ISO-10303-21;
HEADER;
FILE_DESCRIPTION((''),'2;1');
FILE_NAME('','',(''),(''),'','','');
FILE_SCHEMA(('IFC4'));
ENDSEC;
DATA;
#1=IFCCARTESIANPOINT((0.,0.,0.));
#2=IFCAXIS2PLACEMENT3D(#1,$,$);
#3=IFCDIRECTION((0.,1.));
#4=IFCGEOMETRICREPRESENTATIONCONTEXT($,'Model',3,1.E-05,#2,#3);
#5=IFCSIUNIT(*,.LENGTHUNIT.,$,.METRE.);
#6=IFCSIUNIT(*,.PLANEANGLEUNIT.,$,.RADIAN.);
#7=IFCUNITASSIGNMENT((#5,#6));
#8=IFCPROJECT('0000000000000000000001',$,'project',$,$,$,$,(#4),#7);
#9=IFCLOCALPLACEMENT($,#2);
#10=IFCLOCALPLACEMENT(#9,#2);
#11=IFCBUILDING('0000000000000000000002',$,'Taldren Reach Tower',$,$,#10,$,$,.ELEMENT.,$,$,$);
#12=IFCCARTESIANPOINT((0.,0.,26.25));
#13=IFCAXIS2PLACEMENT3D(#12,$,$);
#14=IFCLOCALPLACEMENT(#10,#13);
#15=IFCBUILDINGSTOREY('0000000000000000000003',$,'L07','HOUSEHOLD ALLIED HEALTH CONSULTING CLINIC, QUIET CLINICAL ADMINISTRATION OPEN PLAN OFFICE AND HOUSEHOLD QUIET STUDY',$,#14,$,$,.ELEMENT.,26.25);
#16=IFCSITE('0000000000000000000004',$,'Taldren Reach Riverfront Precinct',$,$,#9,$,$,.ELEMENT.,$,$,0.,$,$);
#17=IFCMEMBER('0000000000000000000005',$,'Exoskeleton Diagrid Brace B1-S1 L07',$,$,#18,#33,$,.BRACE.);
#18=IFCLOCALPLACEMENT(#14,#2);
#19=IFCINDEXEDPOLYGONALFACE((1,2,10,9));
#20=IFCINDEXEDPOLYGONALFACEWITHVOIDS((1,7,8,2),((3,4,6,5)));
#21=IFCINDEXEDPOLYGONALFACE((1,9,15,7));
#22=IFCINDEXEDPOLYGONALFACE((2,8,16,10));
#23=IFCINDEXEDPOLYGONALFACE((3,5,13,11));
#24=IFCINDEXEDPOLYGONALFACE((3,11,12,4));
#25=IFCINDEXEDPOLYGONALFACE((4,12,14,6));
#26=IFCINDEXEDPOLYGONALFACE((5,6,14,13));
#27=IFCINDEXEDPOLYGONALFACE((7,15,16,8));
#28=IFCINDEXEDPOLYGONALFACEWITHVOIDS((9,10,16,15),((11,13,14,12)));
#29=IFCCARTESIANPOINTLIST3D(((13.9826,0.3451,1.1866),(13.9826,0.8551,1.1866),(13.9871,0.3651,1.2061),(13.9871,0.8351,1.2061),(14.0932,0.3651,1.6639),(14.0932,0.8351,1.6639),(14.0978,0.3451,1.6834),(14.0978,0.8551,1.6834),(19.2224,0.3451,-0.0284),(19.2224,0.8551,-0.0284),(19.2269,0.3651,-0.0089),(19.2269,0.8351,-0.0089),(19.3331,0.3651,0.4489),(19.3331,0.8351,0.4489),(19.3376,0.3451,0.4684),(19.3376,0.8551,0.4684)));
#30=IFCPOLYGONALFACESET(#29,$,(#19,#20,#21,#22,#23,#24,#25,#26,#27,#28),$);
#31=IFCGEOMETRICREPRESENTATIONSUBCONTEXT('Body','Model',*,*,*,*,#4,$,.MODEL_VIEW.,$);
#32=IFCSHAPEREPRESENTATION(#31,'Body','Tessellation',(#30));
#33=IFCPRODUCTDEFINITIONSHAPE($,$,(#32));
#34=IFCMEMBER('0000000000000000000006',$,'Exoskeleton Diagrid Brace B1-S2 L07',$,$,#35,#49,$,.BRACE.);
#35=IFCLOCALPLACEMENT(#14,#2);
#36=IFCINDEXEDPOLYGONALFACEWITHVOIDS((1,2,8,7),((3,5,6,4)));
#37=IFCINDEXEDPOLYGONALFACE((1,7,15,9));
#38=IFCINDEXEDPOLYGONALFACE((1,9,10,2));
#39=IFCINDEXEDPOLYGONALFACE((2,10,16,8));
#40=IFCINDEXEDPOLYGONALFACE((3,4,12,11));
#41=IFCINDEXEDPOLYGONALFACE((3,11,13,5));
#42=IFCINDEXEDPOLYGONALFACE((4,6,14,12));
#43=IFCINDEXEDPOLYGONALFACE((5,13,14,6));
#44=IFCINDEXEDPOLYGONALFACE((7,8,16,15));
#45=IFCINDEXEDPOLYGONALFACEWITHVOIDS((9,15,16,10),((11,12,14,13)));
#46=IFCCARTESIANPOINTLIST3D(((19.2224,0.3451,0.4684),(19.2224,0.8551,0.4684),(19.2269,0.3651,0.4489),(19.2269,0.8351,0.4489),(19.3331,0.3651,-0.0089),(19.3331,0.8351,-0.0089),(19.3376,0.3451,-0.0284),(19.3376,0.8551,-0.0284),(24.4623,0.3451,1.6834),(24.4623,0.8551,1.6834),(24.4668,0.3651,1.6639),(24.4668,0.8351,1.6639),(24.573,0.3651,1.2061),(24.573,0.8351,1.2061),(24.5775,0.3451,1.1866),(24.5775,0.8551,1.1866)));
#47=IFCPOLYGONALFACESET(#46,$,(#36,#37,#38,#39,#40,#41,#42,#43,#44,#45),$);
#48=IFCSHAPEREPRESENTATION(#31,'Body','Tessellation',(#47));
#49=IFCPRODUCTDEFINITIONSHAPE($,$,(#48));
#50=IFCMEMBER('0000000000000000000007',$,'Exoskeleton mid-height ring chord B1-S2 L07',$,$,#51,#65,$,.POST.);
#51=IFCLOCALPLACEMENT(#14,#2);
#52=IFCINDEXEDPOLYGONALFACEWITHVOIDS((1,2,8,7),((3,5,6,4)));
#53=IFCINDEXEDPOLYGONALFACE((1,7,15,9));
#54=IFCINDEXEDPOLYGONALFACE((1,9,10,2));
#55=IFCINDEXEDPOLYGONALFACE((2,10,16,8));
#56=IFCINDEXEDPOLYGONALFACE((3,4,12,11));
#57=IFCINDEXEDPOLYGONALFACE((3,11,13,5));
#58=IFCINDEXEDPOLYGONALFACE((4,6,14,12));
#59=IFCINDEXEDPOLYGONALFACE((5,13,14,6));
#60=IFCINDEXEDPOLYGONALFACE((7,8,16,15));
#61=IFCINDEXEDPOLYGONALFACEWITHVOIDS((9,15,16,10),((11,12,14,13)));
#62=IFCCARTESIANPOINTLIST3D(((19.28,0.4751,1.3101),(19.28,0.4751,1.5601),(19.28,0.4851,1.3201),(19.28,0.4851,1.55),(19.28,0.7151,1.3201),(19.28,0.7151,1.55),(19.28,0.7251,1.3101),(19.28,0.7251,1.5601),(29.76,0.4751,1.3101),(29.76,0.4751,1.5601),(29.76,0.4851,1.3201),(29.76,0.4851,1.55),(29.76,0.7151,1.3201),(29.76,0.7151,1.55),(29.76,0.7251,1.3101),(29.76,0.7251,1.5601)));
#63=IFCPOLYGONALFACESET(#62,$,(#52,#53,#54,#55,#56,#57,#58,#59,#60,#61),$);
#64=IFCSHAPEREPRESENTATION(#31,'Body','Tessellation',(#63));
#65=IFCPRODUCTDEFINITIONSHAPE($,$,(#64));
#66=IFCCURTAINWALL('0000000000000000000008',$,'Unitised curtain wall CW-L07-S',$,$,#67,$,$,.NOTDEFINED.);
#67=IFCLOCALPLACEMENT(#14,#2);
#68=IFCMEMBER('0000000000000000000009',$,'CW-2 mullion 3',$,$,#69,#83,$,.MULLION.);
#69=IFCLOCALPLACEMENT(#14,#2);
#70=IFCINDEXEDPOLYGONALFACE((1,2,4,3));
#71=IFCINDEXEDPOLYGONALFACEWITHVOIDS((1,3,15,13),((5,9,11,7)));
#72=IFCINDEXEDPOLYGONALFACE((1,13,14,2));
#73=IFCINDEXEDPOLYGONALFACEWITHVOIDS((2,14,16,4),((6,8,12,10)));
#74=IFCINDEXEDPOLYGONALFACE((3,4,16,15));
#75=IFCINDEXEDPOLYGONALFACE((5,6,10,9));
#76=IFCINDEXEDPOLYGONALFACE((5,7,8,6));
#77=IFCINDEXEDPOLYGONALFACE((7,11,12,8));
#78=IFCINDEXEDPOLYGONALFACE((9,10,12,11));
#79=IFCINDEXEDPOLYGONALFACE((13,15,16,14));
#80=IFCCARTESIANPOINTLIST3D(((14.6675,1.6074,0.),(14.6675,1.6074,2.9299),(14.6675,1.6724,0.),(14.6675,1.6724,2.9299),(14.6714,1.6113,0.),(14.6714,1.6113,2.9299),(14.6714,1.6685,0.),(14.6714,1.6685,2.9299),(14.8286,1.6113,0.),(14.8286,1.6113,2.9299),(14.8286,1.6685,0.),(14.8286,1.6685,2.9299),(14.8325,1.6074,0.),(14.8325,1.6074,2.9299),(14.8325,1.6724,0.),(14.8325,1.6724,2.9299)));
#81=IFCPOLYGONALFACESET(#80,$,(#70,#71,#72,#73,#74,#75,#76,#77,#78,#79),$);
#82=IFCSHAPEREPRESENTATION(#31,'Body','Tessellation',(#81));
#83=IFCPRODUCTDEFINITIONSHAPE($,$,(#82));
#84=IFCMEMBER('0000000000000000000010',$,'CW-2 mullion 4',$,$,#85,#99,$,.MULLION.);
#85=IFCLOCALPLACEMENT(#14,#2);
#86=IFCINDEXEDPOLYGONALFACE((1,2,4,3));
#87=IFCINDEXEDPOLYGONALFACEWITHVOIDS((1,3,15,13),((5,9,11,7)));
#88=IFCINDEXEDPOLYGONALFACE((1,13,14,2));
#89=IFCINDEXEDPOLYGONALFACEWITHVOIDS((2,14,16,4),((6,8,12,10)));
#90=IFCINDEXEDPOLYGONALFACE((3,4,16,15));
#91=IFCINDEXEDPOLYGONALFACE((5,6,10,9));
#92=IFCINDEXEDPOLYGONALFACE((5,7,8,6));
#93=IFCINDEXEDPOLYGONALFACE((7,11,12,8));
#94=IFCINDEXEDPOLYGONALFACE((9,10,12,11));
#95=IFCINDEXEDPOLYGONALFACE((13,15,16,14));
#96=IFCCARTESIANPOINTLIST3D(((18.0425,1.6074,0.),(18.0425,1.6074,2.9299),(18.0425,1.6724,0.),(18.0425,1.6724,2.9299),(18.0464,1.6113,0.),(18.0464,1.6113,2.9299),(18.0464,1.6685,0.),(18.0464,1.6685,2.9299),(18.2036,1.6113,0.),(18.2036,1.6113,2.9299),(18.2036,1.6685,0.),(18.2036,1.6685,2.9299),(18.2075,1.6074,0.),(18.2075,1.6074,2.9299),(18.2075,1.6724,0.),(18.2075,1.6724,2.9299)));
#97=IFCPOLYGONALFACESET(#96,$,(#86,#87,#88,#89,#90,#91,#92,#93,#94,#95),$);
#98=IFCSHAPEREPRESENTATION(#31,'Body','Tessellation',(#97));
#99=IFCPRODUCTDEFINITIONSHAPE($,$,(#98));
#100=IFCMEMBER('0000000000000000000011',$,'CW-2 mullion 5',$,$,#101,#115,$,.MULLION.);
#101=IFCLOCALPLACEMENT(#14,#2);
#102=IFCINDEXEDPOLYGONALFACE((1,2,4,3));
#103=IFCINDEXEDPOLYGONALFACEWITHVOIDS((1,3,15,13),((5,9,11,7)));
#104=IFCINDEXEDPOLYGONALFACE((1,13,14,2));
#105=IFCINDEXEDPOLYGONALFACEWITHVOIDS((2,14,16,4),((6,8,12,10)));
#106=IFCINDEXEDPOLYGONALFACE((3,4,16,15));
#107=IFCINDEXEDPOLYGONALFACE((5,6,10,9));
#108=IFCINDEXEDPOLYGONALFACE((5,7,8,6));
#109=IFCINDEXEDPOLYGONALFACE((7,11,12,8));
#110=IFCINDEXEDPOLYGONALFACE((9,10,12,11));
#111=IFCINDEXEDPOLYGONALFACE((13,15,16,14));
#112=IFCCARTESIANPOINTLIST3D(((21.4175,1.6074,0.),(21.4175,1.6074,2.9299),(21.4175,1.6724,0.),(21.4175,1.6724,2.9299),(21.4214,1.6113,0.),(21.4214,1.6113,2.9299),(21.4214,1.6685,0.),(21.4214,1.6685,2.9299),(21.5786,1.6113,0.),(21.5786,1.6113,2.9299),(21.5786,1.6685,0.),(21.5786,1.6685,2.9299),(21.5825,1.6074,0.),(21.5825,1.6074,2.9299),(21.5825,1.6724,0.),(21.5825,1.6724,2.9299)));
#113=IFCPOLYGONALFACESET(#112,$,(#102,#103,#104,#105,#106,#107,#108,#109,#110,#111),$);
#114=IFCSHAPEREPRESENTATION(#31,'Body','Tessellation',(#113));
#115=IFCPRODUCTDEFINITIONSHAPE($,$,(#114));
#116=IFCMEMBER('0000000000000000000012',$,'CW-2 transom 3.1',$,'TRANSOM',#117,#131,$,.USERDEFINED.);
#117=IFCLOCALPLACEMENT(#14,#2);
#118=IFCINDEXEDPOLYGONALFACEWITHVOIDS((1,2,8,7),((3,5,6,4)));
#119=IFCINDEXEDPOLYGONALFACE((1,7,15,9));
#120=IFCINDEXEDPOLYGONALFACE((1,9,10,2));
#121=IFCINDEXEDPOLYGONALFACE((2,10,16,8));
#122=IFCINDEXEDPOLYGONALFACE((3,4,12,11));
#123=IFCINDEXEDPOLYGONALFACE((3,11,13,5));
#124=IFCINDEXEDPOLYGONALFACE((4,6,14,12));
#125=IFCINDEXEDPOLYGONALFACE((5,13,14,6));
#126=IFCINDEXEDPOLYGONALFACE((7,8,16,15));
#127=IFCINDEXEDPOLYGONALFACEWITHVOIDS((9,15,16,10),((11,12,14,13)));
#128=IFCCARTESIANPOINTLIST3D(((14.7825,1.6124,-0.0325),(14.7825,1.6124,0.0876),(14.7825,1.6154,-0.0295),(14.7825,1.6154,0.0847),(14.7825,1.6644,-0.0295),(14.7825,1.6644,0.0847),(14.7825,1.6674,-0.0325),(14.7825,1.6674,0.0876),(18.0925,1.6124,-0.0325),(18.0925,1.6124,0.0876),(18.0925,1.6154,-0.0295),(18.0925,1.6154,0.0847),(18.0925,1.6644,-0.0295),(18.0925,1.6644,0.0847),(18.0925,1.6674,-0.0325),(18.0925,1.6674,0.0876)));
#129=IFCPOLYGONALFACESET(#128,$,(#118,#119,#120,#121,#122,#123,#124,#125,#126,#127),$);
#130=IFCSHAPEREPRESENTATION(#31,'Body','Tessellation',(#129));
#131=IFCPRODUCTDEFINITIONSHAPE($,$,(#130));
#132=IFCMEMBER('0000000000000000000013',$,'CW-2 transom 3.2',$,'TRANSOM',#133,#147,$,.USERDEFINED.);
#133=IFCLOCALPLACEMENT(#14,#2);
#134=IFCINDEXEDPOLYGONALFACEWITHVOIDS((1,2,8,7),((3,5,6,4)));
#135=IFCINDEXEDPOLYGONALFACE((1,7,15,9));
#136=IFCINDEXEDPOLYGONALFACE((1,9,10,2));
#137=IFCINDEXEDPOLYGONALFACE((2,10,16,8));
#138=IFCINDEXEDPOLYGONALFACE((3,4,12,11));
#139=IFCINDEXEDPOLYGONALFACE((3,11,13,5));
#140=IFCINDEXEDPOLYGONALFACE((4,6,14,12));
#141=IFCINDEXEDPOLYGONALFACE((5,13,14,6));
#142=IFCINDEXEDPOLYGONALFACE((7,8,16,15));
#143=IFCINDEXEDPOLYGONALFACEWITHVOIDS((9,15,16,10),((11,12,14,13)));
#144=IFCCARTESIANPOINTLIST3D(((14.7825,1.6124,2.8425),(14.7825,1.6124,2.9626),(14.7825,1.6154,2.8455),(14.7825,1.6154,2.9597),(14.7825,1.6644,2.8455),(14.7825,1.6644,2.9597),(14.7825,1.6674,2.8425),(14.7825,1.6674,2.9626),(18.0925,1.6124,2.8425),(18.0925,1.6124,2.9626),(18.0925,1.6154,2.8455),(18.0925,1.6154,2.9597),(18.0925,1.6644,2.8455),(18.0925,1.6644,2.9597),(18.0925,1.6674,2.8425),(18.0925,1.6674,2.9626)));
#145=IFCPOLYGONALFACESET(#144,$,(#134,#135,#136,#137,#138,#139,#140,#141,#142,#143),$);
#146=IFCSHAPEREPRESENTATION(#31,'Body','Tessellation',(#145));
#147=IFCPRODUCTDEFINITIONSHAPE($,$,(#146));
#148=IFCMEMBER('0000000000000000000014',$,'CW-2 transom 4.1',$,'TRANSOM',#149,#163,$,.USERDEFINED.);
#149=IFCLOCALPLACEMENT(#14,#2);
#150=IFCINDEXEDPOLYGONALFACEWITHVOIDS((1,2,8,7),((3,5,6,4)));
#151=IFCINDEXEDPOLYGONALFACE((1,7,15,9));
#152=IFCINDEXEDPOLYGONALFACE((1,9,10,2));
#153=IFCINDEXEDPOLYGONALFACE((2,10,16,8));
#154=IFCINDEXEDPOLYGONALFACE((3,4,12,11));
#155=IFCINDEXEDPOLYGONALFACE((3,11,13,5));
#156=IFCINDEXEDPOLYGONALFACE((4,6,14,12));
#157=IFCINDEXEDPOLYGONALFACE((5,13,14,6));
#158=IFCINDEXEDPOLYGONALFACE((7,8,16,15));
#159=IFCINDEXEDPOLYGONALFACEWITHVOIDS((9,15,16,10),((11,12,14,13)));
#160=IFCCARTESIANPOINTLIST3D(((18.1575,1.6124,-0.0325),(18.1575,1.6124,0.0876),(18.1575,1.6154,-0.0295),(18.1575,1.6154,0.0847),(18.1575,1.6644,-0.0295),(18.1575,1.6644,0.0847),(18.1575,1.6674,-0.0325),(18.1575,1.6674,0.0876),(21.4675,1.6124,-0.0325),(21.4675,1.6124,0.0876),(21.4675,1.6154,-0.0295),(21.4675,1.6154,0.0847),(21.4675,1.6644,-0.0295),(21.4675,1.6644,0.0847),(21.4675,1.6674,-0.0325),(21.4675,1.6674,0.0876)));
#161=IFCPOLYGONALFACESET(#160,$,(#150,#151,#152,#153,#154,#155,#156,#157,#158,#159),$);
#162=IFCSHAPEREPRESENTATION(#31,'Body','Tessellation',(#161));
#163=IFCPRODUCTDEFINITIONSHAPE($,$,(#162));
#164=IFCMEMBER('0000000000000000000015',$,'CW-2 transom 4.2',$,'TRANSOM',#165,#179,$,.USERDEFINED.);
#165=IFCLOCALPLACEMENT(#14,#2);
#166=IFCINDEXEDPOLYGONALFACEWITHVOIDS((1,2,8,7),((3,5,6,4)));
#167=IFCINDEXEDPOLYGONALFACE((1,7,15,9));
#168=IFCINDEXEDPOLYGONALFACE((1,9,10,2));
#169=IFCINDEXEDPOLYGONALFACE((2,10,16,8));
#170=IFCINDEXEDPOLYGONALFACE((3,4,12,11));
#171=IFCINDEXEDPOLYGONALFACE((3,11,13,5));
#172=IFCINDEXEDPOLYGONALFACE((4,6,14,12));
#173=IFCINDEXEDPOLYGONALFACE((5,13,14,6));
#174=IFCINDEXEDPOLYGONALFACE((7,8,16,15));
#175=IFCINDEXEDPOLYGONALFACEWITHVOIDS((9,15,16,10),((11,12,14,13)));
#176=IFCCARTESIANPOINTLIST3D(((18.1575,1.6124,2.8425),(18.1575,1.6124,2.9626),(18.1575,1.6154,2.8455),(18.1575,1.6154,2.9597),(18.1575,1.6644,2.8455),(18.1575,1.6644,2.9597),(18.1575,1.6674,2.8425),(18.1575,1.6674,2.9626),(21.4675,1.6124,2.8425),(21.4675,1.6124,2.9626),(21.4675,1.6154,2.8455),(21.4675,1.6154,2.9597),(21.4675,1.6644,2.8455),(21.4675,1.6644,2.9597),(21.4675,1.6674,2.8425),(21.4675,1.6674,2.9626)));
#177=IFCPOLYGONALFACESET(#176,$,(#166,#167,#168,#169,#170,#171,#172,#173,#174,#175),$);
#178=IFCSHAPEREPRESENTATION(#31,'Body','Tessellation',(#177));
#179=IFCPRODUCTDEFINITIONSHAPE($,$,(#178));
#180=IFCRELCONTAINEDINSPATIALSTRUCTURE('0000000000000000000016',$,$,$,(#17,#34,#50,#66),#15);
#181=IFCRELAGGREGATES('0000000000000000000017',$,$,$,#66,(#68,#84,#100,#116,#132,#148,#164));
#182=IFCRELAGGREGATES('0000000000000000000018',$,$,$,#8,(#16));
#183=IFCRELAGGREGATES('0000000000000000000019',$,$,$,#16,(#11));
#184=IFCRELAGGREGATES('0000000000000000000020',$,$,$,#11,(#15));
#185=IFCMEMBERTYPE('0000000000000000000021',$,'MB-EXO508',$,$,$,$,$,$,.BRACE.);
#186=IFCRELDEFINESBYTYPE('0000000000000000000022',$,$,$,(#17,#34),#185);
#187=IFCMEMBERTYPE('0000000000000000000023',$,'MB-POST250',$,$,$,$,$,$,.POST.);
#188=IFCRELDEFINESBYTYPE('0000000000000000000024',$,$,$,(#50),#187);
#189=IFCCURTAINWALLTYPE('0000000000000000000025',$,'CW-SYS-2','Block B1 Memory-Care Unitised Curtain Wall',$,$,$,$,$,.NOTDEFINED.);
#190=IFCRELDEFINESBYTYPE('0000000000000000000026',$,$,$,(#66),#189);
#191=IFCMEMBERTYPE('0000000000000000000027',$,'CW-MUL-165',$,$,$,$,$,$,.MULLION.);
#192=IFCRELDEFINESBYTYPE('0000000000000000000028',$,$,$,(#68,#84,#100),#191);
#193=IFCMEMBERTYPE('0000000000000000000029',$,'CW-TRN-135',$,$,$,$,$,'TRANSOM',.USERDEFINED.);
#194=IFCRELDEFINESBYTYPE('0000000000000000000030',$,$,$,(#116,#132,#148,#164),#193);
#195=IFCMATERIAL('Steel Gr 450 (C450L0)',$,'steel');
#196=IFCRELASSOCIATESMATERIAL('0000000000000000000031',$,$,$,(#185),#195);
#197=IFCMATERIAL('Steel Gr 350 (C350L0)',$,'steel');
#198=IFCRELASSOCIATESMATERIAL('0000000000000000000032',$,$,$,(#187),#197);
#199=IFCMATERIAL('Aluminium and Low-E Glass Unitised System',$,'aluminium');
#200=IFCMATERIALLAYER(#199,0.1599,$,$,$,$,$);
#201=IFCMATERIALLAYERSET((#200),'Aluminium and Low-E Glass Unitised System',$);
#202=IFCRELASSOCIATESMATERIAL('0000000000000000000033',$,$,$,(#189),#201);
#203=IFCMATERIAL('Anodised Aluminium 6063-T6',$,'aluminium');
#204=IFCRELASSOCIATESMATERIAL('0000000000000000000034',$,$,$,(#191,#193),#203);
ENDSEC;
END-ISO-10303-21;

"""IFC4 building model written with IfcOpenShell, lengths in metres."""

from ifc_helpers import new_model, si_unit, direction, frame, origin, origin_2d, place, context, subcontext, project, spatial, hollow_rectangle, extrude, source, transform, mapped, material, layer, layer_set, material_profile, profile_set, type_object, element, aggregate, save


model = new_model("IFC4")

# Units and contexts
model_context = context("Model", 3, precision=1e-05, world=origin(), true_north=direction((0.0, 1.0)))
body_context = subcontext(model_context, "Body", "Model", "MODEL_VIEW")
ifc_project = project(units=[si_unit("LENGTHUNIT", "METRE"), si_unit("PLANEANGLEUNIT", "RADIAN")], contexts=[model_context])

# Site, building, storey
site_placement = place(None, origin())
site = spatial("IfcSite", under=ifc_project, at=site_placement, Name="Taldren Reach Riverfront Precinct", CompositionType="ELEMENT", RefElevation=0.0)
building_placement = place(site_placement, origin())
building = spatial("IfcBuilding", under=site, at=building_placement, Name="Taldren Reach Tower", CompositionType="ELEMENT")
storey_placement = place(building_placement, frame((0.0, 0.0, 26.25)))
storey = spatial("IfcBuildingStorey", under=building, at=storey_placement, Name="L07", Description="HOUSEHOLD ALLIED HEALTH CONSULTING CLINIC, QUIET CLINICAL ADMINISTRATION OPEN PLAN OFFICE AND HOUSEHOLD QUIET STUDY", CompositionType="ELEMENT", Elevation=26.25)

# Members
ifc_material_1 = material(Name="Steel Gr 450 (C450L0)", Category="steel")
ifc_material_profile_1 = material_profile(ifc_material_1, hollow_rectangle(XDim=0.51, YDim=0.51, WallThickness=0.02, at=origin_2d()), Name="510x510x20.0SHS")
ifc_profile_set_1 = profile_set([ifc_material_profile_1], Name="Steel Gr 450 (C450L0)")
member_type_1 = type_object("IfcMemberType", Name="MB-EXO508", PredefinedType="BRACE", material=ifc_profile_set_1)
shared_shape_1 = source(origin(), body_context, "Body", "SweptSolid", [
    extrude(hollow_rectangle(XDim=0.51, YDim=0.51, WallThickness=0.02, at=origin_2d()), origin(), (0.0, 0.0, 1.0), 5.3789),
])
for number, where, z_axis, x_axis, name in (
    (1, (19.28, 0.6001, 0.22), (-0.974152, 0.0, 0.225894), (0.0, -1.0, 0.0), "Exoskeleton Diagrid Brace B1-S1 L07"),
    (2, (19.28, 0.6001, 0.22), (0.974152, 0.0, 0.225894), (0.0, 1.0, 0.0), "Exoskeleton Diagrid Brace B1-S2 L07"),
):
    element("IfcMember", number, at=place(storey_placement, frame(where, z_axis=z_axis, x_axis=x_axis)), inside=storey, type_object=member_type_1, Name=name, PredefinedType="BRACE", context=body_context, shape_type="MappedRepresentation", body=[
        mapped(shared_shape_1, transform((0.0, 0.0, 0.0), scale=1.0)),
    ])
ifc_material_2 = material(Name="Steel Gr 350 (C350L0)", Category="steel")
ifc_material_profile_2 = material_profile(ifc_material_2, hollow_rectangle(XDim=0.25, YDim=0.25, WallThickness=0.01, at=origin_2d()), Name="250x250x10.0SHS")
ifc_profile_set_2 = profile_set([ifc_material_profile_2], Name="Steel Gr 350 (C350L0)")
member_type_2 = type_object("IfcMemberType", Name="MB-POST250", PredefinedType="POST", material=ifc_profile_set_2)
shared_shape_2 = source(origin(), body_context, "Body", "SweptSolid", [
    extrude(hollow_rectangle(XDim=0.25, YDim=0.25, WallThickness=0.01, at=origin_2d()), origin(), (0.0, 0.0, 1.0), 10.48),
])
member_1_placement = place(storey_placement, frame((19.28, 0.6001, 1.4351), z_axis=(1.0, 0.0, 0.0), x_axis=(0.0, 1.0, 0.0)))
element("IfcMember", 3, at=member_1_placement, inside=storey, type_object=member_type_2, Name="Exoskeleton mid-height ring chord B1-S2 L07", PredefinedType="POST", context=body_context, shape_type="MappedRepresentation", body=[
    mapped(shared_shape_2, transform((0.0, 0.0, 0.0), scale=1.0)),
])

# Curtain wall, members
ifc_material_3 = material(Name="Aluminium and Low-E Glass Unitised System", Category="aluminium")
ifc_layer_1 = layer(ifc_material_3, 0.1599)
ifc_layer_set_1 = layer_set([ifc_layer_1], Name="Aluminium and Low-E Glass Unitised System")
curtain_wall_type = type_object("IfcCurtainWallType", Name="CW-SYS-2", Description="Block B1 Memory-Care Unitised Curtain Wall", PredefinedType="NOTDEFINED", material=ifc_layer_set_1)
curtain_wall_placement = place(storey_placement, origin())
curtain_wall = element("IfcCurtainWall", 4, at=curtain_wall_placement, inside=storey, type_object=curtain_wall_type, Name="Unitised curtain wall CW-L07-S", PredefinedType="NOTDEFINED")
ifc_material_4 = material(Name="Anodised Aluminium 6063-T6", Category="aluminium")
ifc_material_profile_3 = material_profile(ifc_material_4, hollow_rectangle(XDim=0.0649, YDim=0.165, WallThickness=0.0039, at=origin_2d()), Name="ALU-165x65x4RHS")
ifc_profile_set_3 = profile_set([ifc_material_profile_3], Name="Anodised Aluminium 6063-T6")
member_type_3 = type_object("IfcMemberType", Name="CW-MUL-165", PredefinedType="MULLION", material=ifc_profile_set_3)
shared_shape_3 = source(origin(), body_context, "Body", "SweptSolid", [
    extrude(hollow_rectangle(XDim=0.0649, YDim=0.165, WallThickness=0.0039, at=origin_2d()), origin(), (0.0, 0.0, 1.0), 2.9299),
])
member_2_placement = place(storey_placement, frame((14.75, 1.6399, 0.0), z_axis=(0.0, 0.0, 1.0), x_axis=(0.0, 1.0, 0.0)))
member_2 = element("IfcMember", 5, at=member_2_placement, type_object=member_type_3, Name="CW-2 mullion 3", PredefinedType="MULLION", context=body_context, shape_type="MappedRepresentation", body=[
    mapped(shared_shape_3, transform((0.0, 0.0, 0.0), scale=1.0)),
])
member_3_placement = place(storey_placement, frame((18.125, 1.6399, 0.0), z_axis=(0.0, 0.0, 1.0), x_axis=(0.0, 1.0, 0.0)))
member_3 = element("IfcMember", 6, at=member_3_placement, type_object=member_type_3, Name="CW-2 mullion 4", PredefinedType="MULLION", context=body_context, shape_type="MappedRepresentation", body=[
    mapped(shared_shape_3, transform((0.0, 0.0, 0.0), scale=1.0)),
])
member_4_placement = place(storey_placement, frame((21.5, 1.6399, 0.0), z_axis=(0.0, 0.0, 1.0), x_axis=(0.0, 1.0, 0.0)))
member_4 = element("IfcMember", 7, at=member_4_placement, type_object=member_type_3, Name="CW-2 mullion 5", PredefinedType="MULLION", context=body_context, shape_type="MappedRepresentation", body=[
    mapped(shared_shape_3, transform((0.0, 0.0, 0.0), scale=1.0)),
])
ifc_material_profile_4 = material_profile(ifc_material_4, hollow_rectangle(XDim=0.0549, YDim=0.1201, WallThickness=0.0029, at=origin_2d()), Name="ALU-120x55x3RHS")
ifc_profile_set_4 = profile_set([ifc_material_profile_4], Name="Anodised Aluminium 6063-T6")
member_type_4 = type_object("IfcMemberType", Name="CW-TRN-135", ElementType="TRANSOM", PredefinedType="USERDEFINED", material=ifc_profile_set_4)
shared_shape_4 = source(origin(), body_context, "Body", "SweptSolid", [
    extrude(hollow_rectangle(XDim=0.0549, YDim=0.1201, WallThickness=0.0029, at=origin_2d()), origin(), (0.0, 0.0, 1.0), 3.3101),
])
member_5_placement = place(storey_placement, frame((14.7825, 1.6399, 0.0276), z_axis=(1.0, 0.0, 0.0), x_axis=(0.0, 1.0, 0.0)))
member_5 = element("IfcMember", 8, at=member_5_placement, type_object=member_type_4, Name="CW-2 transom 3.1", ObjectType="TRANSOM", PredefinedType="USERDEFINED", context=body_context, shape_type="MappedRepresentation", body=[
    mapped(shared_shape_4, transform((0.0, 0.0, 0.0), scale=1.0)),
])
member_6_placement = place(storey_placement, frame((14.7825, 1.6399, 2.9026), z_axis=(1.0, 0.0, 0.0), x_axis=(0.0, 1.0, 0.0)))
member_6 = element("IfcMember", 9, at=member_6_placement, type_object=member_type_4, Name="CW-2 transom 3.2", ObjectType="TRANSOM", PredefinedType="USERDEFINED", context=body_context, shape_type="MappedRepresentation", body=[
    mapped(shared_shape_4, transform((0.0, 0.0, 0.0), scale=1.0)),
])
member_7_placement = place(storey_placement, frame((18.1575, 1.6399, 0.0276), z_axis=(1.0, 0.0, 0.0), x_axis=(0.0, 1.0, 0.0)))
member_7 = element("IfcMember", 10, at=member_7_placement, type_object=member_type_4, Name="CW-2 transom 4.1", ObjectType="TRANSOM", PredefinedType="USERDEFINED", context=body_context, shape_type="MappedRepresentation", body=[
    mapped(shared_shape_4, transform((0.0, 0.0, 0.0), scale=1.0)),
])
member_8_placement = place(storey_placement, frame((18.1575, 1.6399, 2.9026), z_axis=(1.0, 0.0, 0.0), x_axis=(0.0, 1.0, 0.0)))
member_8 = element("IfcMember", 11, at=member_8_placement, type_object=member_type_4, Name="CW-2 transom 4.2", ObjectType="TRANSOM", PredefinedType="USERDEFINED", context=body_context, shape_type="MappedRepresentation", body=[
    mapped(shared_shape_4, transform((0.0, 0.0, 0.0), scale=1.0)),
])

aggregate(curtain_wall, [member_2, member_3, member_4, member_5, member_6, member_7, member_8])

save(model, "model.ifc")
